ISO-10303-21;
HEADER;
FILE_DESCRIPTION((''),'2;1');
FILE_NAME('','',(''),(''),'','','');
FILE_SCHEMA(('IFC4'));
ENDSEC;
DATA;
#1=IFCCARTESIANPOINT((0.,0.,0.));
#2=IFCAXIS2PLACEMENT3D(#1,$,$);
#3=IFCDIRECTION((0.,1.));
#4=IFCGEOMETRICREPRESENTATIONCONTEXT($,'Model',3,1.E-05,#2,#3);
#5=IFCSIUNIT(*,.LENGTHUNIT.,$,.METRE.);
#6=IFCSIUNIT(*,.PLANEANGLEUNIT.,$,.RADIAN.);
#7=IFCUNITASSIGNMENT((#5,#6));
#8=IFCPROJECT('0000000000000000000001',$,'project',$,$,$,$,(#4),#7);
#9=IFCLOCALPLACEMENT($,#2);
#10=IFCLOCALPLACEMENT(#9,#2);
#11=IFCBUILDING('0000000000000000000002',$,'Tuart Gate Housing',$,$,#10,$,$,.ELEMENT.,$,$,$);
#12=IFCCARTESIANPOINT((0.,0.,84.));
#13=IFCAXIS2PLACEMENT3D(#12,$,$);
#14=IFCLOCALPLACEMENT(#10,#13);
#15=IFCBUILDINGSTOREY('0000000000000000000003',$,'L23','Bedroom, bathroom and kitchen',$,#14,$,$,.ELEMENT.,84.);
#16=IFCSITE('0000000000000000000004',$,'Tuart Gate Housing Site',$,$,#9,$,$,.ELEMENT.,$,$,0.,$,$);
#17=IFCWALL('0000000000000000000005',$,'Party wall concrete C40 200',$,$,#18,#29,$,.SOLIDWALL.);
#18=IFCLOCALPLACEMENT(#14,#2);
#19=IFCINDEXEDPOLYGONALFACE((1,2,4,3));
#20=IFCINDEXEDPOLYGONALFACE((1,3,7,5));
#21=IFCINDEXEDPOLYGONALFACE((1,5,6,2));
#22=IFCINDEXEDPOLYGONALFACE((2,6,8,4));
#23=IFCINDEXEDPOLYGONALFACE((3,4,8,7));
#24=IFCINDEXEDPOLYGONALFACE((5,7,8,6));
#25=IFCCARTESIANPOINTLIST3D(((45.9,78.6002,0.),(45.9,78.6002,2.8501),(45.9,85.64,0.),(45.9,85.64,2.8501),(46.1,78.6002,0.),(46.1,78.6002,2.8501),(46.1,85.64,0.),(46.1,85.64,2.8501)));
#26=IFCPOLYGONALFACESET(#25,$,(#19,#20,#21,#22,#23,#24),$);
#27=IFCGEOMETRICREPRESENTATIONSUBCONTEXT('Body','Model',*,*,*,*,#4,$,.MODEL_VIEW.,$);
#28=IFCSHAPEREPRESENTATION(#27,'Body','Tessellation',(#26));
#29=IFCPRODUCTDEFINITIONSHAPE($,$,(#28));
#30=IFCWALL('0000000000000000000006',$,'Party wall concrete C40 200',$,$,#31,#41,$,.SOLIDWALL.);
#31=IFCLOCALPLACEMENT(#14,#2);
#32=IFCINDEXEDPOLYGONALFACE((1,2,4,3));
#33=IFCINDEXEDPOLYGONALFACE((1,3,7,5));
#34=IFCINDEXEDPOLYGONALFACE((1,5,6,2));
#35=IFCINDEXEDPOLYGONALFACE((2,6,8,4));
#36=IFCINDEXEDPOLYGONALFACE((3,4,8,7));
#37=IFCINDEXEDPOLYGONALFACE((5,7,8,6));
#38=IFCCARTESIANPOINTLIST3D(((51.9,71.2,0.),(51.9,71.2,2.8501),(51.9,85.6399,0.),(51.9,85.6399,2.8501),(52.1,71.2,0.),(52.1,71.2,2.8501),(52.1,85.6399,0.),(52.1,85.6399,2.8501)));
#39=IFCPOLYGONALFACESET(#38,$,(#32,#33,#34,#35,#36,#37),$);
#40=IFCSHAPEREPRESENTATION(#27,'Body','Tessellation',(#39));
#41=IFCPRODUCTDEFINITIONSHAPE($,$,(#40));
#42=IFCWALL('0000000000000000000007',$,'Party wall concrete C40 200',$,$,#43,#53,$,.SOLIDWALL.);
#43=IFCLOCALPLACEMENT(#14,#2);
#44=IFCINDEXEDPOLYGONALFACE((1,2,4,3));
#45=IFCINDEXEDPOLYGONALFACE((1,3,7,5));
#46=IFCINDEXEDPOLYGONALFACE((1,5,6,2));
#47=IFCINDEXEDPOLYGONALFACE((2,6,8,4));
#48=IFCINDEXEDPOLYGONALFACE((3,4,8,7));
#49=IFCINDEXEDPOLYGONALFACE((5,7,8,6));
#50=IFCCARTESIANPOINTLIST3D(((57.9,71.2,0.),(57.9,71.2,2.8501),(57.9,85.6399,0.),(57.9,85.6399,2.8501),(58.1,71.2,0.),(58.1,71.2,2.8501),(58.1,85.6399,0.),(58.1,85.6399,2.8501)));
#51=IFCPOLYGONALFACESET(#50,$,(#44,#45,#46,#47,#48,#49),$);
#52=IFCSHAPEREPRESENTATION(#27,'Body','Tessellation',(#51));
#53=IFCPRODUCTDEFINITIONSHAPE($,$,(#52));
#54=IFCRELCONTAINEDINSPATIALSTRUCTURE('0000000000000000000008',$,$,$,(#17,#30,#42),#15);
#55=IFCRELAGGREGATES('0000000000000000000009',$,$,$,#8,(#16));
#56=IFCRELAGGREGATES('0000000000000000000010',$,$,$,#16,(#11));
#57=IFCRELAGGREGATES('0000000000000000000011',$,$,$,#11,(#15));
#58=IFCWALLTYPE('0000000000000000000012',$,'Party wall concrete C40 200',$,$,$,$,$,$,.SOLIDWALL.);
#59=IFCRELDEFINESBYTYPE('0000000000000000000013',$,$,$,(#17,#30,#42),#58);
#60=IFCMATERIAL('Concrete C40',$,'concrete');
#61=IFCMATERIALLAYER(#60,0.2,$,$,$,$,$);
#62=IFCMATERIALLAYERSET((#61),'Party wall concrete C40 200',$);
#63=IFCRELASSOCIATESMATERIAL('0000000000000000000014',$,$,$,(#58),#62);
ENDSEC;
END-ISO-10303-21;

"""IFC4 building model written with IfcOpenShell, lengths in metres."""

from ifc_helpers import new_model, si_unit, direction, frame, frame_2d, origin, place, context, subcontext, project, spatial, rectangle, extrude, material, layer, layer_set, type_object, element, save


model = new_model("IFC4")

# Units and contexts
model_context = context("Model", 3, precision=1e-05, world=origin(), true_north=direction((0.0, 1.0)))
body_context = subcontext(model_context, "Body", "Model", "MODEL_VIEW")
ifc_project = project(units=[si_unit("LENGTHUNIT", "METRE"), si_unit("PLANEANGLEUNIT", "RADIAN")], contexts=[model_context])

# Site, building, storey
site_placement = place(None, origin())
site = spatial("IfcSite", under=ifc_project, at=site_placement, Name="Tuart Gate Housing Site", CompositionType="ELEMENT", RefElevation=0.0)
building_placement = place(site_placement, origin())
building = spatial("IfcBuilding", under=site, at=building_placement, Name="Tuart Gate Housing", CompositionType="ELEMENT")
storey_placement = place(building_placement, frame((0.0, 0.0, 84.0)))
storey = spatial("IfcBuildingStorey", under=building, at=storey_placement, Name="L23", Description="Bedroom, bathroom and kitchen", CompositionType="ELEMENT", Elevation=84.0)

# Walls
ifc_material_1 = material(Name="Concrete C40", Category="concrete")
ifc_layer_1 = layer(ifc_material_1, 0.2)
ifc_layer_set_1 = layer_set([ifc_layer_1], Name="Party wall concrete C40 200")
wall_type_1 = type_object("IfcWallType", Name="Party wall concrete C40 200", PredefinedType="SOLIDWALL", material=ifc_layer_set_1)
wall_1_placement = place(storey_placement, frame((46.0, 78.6001, 0.0), z_axis=(0.0, 0.0, 1.0), x_axis=(0.0, 1.0, 0.0)))
element("IfcWall", 1, at=wall_1_placement, inside=storey, type_object=wall_type_1, Name="Party wall concrete C40 200", PredefinedType="SOLIDWALL", context=body_context, shape_type="SweptSolid", body=[
    extrude(rectangle(XDim=7.0398, YDim=0.2, at=frame_2d((3.52, 0.0))), origin(), (0.0, 0.0, 1.0), 2.8501),
])
for number, where, z_axis, x_axis, name in (
    (2, (52.0, 71.2, 0.0), (0.0, 0.0, 1.0), (0.0, 1.0, 0.0), "Party wall concrete C40 200"),
    (3, (58.0, 71.2, 0.0), (0.0, 0.0, 1.0), (0.0, 1.0, 0.0), "Party wall concrete C40 200"),
):
    element("IfcWall", number, at=place(storey_placement, frame(where, z_axis=z_axis, x_axis=x_axis)), inside=storey, type_object=wall_type_1, Name=name, PredefinedType="SOLIDWALL", context=body_context, shape_type="SweptSolid", body=[
        extrude(rectangle(XDim=14.4399, YDim=0.2, at=frame_2d((7.22, 0.0))), origin(), (0.0, 0.0, 1.0), 2.8501),
    ])

save(model, "model.ifc")
